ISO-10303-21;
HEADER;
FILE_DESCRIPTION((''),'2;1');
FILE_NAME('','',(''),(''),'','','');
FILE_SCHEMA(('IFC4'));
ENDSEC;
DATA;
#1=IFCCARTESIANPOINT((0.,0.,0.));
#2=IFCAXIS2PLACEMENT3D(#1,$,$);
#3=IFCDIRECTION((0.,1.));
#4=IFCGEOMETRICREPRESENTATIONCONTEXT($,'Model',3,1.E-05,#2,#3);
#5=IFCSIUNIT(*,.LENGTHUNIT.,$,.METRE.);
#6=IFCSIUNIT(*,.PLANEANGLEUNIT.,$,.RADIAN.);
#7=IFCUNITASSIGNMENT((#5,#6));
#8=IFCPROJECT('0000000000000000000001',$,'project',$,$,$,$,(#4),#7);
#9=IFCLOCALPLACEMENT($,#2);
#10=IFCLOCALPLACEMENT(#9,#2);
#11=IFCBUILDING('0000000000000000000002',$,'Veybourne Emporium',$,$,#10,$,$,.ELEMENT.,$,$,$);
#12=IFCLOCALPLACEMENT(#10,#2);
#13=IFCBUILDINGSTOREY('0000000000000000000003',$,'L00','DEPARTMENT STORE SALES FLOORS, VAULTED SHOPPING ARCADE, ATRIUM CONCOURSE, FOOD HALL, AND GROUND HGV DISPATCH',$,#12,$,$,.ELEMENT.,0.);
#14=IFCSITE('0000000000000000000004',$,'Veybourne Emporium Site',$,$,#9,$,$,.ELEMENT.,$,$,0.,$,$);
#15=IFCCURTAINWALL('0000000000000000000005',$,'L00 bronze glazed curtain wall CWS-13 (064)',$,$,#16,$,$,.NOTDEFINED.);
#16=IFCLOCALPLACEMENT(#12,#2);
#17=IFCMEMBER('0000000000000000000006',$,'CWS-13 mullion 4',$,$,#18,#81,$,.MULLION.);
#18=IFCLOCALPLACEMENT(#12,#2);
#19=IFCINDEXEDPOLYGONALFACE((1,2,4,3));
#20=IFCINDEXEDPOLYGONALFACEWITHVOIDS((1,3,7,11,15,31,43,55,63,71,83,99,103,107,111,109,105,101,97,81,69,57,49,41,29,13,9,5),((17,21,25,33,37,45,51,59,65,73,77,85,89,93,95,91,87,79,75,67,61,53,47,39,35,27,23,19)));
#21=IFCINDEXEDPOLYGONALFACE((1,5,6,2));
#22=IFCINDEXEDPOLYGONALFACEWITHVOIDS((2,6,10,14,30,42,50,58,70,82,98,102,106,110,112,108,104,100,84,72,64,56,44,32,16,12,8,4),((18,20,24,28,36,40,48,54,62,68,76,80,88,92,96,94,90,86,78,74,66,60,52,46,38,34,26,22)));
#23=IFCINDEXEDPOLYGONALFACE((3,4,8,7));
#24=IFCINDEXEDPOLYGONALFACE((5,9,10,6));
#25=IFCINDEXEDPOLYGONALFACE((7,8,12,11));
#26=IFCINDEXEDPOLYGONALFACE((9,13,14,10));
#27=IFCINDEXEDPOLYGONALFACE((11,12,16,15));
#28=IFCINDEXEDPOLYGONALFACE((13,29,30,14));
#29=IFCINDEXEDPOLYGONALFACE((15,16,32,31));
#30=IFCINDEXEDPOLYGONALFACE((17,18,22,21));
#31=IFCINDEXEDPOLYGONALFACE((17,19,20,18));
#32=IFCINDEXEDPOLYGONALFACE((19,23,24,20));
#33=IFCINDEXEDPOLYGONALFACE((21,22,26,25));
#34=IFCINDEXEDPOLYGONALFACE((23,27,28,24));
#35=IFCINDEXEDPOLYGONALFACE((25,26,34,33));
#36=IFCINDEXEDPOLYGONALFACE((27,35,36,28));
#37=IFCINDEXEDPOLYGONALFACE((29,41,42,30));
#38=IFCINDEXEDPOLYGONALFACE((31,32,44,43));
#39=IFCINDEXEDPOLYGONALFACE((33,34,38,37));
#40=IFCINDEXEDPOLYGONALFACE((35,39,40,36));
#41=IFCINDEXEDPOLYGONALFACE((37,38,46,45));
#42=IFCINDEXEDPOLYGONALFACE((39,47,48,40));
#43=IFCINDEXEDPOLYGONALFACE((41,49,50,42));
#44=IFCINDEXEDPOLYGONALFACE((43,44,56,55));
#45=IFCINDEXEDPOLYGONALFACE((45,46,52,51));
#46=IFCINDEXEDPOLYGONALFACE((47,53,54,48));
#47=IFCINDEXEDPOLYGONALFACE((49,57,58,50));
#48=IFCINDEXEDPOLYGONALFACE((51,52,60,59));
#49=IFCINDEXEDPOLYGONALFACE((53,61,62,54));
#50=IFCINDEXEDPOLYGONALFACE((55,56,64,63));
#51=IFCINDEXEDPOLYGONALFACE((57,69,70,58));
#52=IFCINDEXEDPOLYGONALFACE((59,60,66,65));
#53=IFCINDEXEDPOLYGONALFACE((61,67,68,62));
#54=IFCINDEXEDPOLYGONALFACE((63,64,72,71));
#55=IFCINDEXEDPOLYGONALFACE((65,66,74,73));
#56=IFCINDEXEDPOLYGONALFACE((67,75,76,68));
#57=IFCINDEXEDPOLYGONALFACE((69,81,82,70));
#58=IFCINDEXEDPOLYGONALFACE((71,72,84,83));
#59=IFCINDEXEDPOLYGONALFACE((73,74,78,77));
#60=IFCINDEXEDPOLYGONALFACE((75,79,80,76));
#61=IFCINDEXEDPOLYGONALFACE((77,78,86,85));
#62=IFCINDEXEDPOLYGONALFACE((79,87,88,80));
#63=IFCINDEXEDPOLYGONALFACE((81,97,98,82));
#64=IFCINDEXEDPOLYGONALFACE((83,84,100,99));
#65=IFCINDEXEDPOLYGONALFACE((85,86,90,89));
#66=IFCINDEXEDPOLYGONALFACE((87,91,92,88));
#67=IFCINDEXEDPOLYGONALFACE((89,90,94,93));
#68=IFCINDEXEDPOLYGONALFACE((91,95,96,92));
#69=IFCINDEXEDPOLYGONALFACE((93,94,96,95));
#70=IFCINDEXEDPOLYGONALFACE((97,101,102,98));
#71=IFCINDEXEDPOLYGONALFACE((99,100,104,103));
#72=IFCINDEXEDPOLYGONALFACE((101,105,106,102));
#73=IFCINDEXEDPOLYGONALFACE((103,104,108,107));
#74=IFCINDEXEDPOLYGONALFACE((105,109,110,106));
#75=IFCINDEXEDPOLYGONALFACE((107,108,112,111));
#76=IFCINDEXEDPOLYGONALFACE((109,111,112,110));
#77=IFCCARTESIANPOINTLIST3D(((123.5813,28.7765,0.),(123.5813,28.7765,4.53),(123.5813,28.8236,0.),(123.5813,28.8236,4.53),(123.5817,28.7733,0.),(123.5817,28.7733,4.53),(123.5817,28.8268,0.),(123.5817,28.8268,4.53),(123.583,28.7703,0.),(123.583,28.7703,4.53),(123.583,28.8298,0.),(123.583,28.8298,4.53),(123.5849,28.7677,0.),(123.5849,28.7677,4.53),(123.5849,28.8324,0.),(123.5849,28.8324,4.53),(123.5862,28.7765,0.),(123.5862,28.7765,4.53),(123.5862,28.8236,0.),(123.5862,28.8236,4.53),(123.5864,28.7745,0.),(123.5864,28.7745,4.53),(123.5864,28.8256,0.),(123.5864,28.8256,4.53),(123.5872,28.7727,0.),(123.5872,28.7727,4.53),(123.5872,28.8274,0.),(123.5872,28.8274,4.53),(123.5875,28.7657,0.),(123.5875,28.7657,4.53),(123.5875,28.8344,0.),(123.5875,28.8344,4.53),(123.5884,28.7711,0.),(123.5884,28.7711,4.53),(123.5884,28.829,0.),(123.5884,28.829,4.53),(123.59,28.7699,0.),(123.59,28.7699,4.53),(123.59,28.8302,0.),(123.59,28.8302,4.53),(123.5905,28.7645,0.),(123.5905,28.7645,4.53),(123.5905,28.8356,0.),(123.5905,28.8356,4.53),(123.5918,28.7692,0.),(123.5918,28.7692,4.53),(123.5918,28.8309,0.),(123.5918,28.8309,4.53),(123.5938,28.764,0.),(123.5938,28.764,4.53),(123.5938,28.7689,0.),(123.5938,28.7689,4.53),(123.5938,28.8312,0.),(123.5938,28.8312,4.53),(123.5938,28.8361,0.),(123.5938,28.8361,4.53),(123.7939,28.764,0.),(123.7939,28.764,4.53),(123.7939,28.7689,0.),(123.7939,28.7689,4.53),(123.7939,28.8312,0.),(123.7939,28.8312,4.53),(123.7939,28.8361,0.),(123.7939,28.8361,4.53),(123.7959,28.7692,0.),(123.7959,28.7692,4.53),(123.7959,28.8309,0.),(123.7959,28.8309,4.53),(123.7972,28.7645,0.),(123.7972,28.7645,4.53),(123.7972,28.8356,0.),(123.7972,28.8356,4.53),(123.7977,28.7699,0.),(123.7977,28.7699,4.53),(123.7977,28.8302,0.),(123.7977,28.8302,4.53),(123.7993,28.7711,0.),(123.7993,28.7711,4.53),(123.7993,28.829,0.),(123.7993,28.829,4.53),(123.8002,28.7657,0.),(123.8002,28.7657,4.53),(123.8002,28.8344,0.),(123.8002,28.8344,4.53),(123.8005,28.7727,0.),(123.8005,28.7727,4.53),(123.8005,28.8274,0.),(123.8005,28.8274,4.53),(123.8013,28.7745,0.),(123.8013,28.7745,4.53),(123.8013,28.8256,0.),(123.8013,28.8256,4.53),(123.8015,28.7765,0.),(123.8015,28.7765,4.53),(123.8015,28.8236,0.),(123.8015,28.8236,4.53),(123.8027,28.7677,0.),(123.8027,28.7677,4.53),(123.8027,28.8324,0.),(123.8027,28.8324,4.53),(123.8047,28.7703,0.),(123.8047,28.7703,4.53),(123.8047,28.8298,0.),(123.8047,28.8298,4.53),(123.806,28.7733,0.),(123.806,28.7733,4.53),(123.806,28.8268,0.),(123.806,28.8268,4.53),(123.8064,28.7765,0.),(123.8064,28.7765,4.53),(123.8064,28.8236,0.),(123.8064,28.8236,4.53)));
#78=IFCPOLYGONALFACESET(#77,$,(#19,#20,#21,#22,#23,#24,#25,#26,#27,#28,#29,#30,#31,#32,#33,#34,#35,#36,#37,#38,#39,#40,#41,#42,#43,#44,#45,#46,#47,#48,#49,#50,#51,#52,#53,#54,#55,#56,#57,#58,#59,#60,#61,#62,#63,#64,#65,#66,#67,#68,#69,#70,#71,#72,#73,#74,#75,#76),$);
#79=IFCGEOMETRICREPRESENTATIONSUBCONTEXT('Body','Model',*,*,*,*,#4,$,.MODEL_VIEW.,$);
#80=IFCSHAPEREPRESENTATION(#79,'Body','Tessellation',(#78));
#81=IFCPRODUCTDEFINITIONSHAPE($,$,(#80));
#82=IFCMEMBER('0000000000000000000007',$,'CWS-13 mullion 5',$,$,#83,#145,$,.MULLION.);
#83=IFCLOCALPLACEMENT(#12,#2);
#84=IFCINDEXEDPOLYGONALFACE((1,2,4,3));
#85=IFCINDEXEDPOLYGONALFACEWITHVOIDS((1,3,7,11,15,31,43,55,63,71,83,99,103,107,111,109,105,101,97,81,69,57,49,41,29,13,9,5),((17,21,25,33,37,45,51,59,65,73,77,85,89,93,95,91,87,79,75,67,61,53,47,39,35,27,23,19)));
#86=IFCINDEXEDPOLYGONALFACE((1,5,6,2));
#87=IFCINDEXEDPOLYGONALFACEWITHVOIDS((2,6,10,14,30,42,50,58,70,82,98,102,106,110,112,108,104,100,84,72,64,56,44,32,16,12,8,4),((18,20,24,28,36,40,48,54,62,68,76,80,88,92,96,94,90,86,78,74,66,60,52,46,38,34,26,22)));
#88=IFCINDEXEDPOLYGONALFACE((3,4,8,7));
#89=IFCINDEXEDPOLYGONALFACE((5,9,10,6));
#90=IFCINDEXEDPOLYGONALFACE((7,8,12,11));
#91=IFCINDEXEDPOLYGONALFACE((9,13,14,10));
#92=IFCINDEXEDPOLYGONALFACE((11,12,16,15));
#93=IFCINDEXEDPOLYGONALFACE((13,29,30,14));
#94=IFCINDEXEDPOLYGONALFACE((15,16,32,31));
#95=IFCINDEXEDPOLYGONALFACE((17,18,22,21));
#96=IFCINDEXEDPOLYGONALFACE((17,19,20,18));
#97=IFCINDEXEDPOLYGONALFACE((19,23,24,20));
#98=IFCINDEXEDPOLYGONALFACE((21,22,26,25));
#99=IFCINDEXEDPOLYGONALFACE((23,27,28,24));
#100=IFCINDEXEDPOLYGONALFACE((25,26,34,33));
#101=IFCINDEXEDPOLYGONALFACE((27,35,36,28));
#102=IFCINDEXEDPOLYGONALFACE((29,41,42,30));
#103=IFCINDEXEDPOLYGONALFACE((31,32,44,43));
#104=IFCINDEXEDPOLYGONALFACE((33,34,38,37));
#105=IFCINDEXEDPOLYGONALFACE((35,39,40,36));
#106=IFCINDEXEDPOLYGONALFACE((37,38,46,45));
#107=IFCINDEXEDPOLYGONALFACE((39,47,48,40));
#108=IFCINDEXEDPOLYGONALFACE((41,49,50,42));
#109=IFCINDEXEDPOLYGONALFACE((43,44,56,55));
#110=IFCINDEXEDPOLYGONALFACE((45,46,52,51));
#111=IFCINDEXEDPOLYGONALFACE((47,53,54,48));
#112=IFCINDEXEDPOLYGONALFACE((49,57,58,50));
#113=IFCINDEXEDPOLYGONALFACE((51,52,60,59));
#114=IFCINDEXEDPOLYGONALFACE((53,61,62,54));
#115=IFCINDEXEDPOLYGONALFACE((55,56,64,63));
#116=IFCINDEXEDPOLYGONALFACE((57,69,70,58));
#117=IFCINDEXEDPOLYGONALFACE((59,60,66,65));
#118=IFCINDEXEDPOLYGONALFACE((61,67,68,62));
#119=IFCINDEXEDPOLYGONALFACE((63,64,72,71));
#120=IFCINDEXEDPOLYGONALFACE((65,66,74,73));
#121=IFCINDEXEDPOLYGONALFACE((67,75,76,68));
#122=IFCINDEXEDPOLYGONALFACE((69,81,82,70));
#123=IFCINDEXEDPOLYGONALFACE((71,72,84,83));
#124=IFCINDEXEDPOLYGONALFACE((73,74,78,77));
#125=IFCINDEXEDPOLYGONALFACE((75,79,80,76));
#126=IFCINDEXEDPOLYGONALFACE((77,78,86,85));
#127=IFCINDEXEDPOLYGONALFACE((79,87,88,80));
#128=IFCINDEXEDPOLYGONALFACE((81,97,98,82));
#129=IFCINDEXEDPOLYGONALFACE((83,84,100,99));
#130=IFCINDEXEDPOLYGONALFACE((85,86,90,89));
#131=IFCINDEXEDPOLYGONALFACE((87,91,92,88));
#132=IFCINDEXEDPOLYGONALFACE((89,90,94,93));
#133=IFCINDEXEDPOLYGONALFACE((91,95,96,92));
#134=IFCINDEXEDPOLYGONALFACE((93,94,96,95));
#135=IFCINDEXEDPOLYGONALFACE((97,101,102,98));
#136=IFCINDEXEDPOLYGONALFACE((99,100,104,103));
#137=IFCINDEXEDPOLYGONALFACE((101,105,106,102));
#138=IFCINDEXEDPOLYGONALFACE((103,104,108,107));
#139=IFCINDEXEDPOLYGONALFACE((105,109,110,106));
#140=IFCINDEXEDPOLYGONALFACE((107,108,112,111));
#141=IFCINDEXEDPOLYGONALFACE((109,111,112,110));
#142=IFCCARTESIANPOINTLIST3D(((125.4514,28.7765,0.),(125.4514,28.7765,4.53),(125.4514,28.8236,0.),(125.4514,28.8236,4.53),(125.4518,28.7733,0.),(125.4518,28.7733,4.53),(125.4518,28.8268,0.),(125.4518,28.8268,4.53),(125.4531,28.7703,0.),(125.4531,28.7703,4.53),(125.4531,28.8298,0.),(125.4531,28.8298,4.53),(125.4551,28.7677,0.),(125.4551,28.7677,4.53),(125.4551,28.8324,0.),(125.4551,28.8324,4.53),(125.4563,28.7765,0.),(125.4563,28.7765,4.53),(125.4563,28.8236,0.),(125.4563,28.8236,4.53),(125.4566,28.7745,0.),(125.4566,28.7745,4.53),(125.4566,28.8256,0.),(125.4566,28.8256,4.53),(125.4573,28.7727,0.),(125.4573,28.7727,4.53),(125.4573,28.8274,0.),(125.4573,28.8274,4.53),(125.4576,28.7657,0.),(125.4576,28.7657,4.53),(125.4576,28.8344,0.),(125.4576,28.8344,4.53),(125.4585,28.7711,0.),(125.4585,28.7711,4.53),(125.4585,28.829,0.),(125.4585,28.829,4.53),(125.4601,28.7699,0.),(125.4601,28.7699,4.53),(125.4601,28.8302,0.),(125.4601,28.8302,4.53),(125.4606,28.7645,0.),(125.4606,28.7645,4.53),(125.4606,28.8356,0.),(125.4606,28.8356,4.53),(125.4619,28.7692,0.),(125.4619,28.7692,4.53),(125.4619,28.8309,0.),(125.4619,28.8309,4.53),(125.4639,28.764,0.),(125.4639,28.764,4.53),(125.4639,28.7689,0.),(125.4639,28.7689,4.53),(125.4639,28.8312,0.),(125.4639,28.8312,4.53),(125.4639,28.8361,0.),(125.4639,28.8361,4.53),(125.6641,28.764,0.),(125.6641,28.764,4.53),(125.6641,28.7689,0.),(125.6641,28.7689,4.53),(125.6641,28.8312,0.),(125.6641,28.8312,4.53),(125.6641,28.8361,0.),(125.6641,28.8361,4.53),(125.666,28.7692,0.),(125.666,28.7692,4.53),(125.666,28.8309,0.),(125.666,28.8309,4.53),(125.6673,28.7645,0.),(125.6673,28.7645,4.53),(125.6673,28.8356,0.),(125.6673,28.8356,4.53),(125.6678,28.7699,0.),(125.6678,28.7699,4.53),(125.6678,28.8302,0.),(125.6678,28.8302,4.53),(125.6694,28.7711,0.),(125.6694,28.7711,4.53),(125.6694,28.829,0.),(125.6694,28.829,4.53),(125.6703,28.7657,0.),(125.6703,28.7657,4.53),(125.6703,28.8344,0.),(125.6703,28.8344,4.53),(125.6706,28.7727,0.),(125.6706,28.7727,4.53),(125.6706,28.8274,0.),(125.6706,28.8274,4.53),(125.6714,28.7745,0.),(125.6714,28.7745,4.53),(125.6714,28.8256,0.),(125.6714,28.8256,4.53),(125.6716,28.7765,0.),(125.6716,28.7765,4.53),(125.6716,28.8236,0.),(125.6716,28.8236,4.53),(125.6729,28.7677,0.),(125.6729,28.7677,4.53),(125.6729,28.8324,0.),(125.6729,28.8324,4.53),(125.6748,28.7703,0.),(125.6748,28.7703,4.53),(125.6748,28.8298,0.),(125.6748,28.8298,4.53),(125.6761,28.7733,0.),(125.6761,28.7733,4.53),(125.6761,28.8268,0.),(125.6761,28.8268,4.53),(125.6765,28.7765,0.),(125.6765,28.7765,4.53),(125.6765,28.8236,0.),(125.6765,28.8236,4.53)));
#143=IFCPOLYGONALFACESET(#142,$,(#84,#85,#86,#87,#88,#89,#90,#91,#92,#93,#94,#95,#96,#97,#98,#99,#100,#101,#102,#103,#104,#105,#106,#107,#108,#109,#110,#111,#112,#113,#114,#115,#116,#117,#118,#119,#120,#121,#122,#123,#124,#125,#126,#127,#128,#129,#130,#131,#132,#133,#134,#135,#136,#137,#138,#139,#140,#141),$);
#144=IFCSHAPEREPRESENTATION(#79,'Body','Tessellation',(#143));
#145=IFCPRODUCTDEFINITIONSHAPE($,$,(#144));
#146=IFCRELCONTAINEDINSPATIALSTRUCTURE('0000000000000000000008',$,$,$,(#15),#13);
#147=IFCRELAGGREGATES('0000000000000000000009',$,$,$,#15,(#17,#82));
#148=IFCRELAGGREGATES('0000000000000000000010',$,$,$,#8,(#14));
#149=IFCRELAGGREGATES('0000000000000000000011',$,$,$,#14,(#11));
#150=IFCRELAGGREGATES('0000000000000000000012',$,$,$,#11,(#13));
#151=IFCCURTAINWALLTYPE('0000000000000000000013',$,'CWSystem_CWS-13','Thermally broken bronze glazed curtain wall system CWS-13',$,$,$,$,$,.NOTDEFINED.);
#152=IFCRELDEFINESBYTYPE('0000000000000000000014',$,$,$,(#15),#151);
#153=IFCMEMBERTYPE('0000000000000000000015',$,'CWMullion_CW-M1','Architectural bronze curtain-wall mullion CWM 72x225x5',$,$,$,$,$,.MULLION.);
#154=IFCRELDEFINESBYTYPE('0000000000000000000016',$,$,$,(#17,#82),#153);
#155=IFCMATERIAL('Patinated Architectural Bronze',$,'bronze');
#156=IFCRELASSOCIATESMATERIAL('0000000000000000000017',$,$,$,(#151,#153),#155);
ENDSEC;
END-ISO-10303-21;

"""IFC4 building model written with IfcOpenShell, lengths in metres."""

from ifc_helpers import new_model, si_unit, direction, frame, origin, origin_2d, place, context, subcontext, project, spatial, hollow_rectangle, extrude, material, material_profile, profile_set, type_object, element, aggregate, save


model = new_model("IFC4")

# Units and contexts
model_context = context("Model", 3, precision=1e-05, world=origin(), true_north=direction((0.0, 1.0)))
body_context = subcontext(model_context, "Body", "Model", "MODEL_VIEW")
ifc_project = project(units=[si_unit("LENGTHUNIT", "METRE"), si_unit("PLANEANGLEUNIT", "RADIAN")], contexts=[model_context])

# Site, building, storey
site_placement = place(None, origin())
site = spatial("IfcSite", under=ifc_project, at=site_placement, Name="Veybourne Emporium Site", CompositionType="ELEMENT", RefElevation=0.0)
building_placement = place(site_placement, origin())
building = spatial("IfcBuilding", under=site, at=building_placement, Name="Veybourne Emporium", CompositionType="ELEMENT")
storey_placement = place(building_placement, origin())
storey = spatial("IfcBuildingStorey", under=building, at=storey_placement, Name="L00", Description="DEPARTMENT STORE SALES FLOORS, VAULTED SHOPPING ARCADE, ATRIUM CONCOURSE, FOOD HALL, AND GROUND HGV DISPATCH", CompositionType="ELEMENT", Elevation=0.0)

# Curtain wall, members
ifc_material_1 = material(Name="Patinated Architectural Bronze", Category="bronze")
curtain_wall_type_1 = type_object("IfcCurtainWallType", Name="CWSystem_CWS-13", Description="Thermally broken bronze glazed curtain wall system CWS-13", PredefinedType="NOTDEFINED", material=ifc_material_1)
curtain_wall_1_placement = place(storey_placement, origin())
curtain_wall_1 = element("IfcCurtainWall", 1, at=curtain_wall_1_placement, inside=storey, type_object=curtain_wall_type_1, Name="L00 bronze glazed curtain wall CWS-13 (064)", PredefinedType="NOTDEFINED")
ifc_material_profile_1 = material_profile(ifc_material_1, hollow_rectangle(XDim=0.072, YDim=0.2251, WallThickness=0.0049, InnerFilletRadius=0.0076, OuterFilletRadius=0.0125, at=origin_2d()), Name="CWM 72x225x5")
ifc_profile_set_1 = profile_set([ifc_material_profile_1], Name="Patinated Architectural Bronze")
member_type_1 = type_object("IfcMemberType", Name="CWMullion_CW-M1", Description="Architectural bronze curtain-wall mullion CWM 72x225x5", PredefinedType="MULLION", material=ifc_profile_set_1)
member_1_placement = place(storey_placement, frame((123.6938, 28.8, 0.0), z_axis=(0.0, 0.0, 1.0), x_axis=(0.0, 1.0, 0.0)))
member_1 = element("IfcMember", 2, at=member_1_placement, type_object=member_type_1, Name="CWS-13 mullion 4", PredefinedType="MULLION", context=body_context, shape_type="SweptSolid", body=[
    extrude(hollow_rectangle(XDim=0.072, YDim=0.2251, WallThickness=0.0049, InnerFilletRadius=0.0076, OuterFilletRadius=0.0125, at=origin_2d()), origin(), (0.0, 0.0, 1.0), 4.53),
])
member_2_placement = place(storey_placement, frame((125.564, 28.8, 0.0), z_axis=(0.0, 0.0, 1.0), x_axis=(0.0, 1.0, 0.0)))
member_2 = element("IfcMember", 3, at=member_2_placement, type_object=member_type_1, Name="CWS-13 mullion 5", PredefinedType="MULLION", context=body_context, shape_type="SweptSolid", body=[
    extrude(hollow_rectangle(XDim=0.072, YDim=0.2251, WallThickness=0.0049, InnerFilletRadius=0.0076, OuterFilletRadius=0.0125, at=origin_2d()), origin(), (0.0, 0.0, 1.0), 4.53),
])

aggregate(curtain_wall_1, [member_1, member_2])

save(model, "model.ifc")
